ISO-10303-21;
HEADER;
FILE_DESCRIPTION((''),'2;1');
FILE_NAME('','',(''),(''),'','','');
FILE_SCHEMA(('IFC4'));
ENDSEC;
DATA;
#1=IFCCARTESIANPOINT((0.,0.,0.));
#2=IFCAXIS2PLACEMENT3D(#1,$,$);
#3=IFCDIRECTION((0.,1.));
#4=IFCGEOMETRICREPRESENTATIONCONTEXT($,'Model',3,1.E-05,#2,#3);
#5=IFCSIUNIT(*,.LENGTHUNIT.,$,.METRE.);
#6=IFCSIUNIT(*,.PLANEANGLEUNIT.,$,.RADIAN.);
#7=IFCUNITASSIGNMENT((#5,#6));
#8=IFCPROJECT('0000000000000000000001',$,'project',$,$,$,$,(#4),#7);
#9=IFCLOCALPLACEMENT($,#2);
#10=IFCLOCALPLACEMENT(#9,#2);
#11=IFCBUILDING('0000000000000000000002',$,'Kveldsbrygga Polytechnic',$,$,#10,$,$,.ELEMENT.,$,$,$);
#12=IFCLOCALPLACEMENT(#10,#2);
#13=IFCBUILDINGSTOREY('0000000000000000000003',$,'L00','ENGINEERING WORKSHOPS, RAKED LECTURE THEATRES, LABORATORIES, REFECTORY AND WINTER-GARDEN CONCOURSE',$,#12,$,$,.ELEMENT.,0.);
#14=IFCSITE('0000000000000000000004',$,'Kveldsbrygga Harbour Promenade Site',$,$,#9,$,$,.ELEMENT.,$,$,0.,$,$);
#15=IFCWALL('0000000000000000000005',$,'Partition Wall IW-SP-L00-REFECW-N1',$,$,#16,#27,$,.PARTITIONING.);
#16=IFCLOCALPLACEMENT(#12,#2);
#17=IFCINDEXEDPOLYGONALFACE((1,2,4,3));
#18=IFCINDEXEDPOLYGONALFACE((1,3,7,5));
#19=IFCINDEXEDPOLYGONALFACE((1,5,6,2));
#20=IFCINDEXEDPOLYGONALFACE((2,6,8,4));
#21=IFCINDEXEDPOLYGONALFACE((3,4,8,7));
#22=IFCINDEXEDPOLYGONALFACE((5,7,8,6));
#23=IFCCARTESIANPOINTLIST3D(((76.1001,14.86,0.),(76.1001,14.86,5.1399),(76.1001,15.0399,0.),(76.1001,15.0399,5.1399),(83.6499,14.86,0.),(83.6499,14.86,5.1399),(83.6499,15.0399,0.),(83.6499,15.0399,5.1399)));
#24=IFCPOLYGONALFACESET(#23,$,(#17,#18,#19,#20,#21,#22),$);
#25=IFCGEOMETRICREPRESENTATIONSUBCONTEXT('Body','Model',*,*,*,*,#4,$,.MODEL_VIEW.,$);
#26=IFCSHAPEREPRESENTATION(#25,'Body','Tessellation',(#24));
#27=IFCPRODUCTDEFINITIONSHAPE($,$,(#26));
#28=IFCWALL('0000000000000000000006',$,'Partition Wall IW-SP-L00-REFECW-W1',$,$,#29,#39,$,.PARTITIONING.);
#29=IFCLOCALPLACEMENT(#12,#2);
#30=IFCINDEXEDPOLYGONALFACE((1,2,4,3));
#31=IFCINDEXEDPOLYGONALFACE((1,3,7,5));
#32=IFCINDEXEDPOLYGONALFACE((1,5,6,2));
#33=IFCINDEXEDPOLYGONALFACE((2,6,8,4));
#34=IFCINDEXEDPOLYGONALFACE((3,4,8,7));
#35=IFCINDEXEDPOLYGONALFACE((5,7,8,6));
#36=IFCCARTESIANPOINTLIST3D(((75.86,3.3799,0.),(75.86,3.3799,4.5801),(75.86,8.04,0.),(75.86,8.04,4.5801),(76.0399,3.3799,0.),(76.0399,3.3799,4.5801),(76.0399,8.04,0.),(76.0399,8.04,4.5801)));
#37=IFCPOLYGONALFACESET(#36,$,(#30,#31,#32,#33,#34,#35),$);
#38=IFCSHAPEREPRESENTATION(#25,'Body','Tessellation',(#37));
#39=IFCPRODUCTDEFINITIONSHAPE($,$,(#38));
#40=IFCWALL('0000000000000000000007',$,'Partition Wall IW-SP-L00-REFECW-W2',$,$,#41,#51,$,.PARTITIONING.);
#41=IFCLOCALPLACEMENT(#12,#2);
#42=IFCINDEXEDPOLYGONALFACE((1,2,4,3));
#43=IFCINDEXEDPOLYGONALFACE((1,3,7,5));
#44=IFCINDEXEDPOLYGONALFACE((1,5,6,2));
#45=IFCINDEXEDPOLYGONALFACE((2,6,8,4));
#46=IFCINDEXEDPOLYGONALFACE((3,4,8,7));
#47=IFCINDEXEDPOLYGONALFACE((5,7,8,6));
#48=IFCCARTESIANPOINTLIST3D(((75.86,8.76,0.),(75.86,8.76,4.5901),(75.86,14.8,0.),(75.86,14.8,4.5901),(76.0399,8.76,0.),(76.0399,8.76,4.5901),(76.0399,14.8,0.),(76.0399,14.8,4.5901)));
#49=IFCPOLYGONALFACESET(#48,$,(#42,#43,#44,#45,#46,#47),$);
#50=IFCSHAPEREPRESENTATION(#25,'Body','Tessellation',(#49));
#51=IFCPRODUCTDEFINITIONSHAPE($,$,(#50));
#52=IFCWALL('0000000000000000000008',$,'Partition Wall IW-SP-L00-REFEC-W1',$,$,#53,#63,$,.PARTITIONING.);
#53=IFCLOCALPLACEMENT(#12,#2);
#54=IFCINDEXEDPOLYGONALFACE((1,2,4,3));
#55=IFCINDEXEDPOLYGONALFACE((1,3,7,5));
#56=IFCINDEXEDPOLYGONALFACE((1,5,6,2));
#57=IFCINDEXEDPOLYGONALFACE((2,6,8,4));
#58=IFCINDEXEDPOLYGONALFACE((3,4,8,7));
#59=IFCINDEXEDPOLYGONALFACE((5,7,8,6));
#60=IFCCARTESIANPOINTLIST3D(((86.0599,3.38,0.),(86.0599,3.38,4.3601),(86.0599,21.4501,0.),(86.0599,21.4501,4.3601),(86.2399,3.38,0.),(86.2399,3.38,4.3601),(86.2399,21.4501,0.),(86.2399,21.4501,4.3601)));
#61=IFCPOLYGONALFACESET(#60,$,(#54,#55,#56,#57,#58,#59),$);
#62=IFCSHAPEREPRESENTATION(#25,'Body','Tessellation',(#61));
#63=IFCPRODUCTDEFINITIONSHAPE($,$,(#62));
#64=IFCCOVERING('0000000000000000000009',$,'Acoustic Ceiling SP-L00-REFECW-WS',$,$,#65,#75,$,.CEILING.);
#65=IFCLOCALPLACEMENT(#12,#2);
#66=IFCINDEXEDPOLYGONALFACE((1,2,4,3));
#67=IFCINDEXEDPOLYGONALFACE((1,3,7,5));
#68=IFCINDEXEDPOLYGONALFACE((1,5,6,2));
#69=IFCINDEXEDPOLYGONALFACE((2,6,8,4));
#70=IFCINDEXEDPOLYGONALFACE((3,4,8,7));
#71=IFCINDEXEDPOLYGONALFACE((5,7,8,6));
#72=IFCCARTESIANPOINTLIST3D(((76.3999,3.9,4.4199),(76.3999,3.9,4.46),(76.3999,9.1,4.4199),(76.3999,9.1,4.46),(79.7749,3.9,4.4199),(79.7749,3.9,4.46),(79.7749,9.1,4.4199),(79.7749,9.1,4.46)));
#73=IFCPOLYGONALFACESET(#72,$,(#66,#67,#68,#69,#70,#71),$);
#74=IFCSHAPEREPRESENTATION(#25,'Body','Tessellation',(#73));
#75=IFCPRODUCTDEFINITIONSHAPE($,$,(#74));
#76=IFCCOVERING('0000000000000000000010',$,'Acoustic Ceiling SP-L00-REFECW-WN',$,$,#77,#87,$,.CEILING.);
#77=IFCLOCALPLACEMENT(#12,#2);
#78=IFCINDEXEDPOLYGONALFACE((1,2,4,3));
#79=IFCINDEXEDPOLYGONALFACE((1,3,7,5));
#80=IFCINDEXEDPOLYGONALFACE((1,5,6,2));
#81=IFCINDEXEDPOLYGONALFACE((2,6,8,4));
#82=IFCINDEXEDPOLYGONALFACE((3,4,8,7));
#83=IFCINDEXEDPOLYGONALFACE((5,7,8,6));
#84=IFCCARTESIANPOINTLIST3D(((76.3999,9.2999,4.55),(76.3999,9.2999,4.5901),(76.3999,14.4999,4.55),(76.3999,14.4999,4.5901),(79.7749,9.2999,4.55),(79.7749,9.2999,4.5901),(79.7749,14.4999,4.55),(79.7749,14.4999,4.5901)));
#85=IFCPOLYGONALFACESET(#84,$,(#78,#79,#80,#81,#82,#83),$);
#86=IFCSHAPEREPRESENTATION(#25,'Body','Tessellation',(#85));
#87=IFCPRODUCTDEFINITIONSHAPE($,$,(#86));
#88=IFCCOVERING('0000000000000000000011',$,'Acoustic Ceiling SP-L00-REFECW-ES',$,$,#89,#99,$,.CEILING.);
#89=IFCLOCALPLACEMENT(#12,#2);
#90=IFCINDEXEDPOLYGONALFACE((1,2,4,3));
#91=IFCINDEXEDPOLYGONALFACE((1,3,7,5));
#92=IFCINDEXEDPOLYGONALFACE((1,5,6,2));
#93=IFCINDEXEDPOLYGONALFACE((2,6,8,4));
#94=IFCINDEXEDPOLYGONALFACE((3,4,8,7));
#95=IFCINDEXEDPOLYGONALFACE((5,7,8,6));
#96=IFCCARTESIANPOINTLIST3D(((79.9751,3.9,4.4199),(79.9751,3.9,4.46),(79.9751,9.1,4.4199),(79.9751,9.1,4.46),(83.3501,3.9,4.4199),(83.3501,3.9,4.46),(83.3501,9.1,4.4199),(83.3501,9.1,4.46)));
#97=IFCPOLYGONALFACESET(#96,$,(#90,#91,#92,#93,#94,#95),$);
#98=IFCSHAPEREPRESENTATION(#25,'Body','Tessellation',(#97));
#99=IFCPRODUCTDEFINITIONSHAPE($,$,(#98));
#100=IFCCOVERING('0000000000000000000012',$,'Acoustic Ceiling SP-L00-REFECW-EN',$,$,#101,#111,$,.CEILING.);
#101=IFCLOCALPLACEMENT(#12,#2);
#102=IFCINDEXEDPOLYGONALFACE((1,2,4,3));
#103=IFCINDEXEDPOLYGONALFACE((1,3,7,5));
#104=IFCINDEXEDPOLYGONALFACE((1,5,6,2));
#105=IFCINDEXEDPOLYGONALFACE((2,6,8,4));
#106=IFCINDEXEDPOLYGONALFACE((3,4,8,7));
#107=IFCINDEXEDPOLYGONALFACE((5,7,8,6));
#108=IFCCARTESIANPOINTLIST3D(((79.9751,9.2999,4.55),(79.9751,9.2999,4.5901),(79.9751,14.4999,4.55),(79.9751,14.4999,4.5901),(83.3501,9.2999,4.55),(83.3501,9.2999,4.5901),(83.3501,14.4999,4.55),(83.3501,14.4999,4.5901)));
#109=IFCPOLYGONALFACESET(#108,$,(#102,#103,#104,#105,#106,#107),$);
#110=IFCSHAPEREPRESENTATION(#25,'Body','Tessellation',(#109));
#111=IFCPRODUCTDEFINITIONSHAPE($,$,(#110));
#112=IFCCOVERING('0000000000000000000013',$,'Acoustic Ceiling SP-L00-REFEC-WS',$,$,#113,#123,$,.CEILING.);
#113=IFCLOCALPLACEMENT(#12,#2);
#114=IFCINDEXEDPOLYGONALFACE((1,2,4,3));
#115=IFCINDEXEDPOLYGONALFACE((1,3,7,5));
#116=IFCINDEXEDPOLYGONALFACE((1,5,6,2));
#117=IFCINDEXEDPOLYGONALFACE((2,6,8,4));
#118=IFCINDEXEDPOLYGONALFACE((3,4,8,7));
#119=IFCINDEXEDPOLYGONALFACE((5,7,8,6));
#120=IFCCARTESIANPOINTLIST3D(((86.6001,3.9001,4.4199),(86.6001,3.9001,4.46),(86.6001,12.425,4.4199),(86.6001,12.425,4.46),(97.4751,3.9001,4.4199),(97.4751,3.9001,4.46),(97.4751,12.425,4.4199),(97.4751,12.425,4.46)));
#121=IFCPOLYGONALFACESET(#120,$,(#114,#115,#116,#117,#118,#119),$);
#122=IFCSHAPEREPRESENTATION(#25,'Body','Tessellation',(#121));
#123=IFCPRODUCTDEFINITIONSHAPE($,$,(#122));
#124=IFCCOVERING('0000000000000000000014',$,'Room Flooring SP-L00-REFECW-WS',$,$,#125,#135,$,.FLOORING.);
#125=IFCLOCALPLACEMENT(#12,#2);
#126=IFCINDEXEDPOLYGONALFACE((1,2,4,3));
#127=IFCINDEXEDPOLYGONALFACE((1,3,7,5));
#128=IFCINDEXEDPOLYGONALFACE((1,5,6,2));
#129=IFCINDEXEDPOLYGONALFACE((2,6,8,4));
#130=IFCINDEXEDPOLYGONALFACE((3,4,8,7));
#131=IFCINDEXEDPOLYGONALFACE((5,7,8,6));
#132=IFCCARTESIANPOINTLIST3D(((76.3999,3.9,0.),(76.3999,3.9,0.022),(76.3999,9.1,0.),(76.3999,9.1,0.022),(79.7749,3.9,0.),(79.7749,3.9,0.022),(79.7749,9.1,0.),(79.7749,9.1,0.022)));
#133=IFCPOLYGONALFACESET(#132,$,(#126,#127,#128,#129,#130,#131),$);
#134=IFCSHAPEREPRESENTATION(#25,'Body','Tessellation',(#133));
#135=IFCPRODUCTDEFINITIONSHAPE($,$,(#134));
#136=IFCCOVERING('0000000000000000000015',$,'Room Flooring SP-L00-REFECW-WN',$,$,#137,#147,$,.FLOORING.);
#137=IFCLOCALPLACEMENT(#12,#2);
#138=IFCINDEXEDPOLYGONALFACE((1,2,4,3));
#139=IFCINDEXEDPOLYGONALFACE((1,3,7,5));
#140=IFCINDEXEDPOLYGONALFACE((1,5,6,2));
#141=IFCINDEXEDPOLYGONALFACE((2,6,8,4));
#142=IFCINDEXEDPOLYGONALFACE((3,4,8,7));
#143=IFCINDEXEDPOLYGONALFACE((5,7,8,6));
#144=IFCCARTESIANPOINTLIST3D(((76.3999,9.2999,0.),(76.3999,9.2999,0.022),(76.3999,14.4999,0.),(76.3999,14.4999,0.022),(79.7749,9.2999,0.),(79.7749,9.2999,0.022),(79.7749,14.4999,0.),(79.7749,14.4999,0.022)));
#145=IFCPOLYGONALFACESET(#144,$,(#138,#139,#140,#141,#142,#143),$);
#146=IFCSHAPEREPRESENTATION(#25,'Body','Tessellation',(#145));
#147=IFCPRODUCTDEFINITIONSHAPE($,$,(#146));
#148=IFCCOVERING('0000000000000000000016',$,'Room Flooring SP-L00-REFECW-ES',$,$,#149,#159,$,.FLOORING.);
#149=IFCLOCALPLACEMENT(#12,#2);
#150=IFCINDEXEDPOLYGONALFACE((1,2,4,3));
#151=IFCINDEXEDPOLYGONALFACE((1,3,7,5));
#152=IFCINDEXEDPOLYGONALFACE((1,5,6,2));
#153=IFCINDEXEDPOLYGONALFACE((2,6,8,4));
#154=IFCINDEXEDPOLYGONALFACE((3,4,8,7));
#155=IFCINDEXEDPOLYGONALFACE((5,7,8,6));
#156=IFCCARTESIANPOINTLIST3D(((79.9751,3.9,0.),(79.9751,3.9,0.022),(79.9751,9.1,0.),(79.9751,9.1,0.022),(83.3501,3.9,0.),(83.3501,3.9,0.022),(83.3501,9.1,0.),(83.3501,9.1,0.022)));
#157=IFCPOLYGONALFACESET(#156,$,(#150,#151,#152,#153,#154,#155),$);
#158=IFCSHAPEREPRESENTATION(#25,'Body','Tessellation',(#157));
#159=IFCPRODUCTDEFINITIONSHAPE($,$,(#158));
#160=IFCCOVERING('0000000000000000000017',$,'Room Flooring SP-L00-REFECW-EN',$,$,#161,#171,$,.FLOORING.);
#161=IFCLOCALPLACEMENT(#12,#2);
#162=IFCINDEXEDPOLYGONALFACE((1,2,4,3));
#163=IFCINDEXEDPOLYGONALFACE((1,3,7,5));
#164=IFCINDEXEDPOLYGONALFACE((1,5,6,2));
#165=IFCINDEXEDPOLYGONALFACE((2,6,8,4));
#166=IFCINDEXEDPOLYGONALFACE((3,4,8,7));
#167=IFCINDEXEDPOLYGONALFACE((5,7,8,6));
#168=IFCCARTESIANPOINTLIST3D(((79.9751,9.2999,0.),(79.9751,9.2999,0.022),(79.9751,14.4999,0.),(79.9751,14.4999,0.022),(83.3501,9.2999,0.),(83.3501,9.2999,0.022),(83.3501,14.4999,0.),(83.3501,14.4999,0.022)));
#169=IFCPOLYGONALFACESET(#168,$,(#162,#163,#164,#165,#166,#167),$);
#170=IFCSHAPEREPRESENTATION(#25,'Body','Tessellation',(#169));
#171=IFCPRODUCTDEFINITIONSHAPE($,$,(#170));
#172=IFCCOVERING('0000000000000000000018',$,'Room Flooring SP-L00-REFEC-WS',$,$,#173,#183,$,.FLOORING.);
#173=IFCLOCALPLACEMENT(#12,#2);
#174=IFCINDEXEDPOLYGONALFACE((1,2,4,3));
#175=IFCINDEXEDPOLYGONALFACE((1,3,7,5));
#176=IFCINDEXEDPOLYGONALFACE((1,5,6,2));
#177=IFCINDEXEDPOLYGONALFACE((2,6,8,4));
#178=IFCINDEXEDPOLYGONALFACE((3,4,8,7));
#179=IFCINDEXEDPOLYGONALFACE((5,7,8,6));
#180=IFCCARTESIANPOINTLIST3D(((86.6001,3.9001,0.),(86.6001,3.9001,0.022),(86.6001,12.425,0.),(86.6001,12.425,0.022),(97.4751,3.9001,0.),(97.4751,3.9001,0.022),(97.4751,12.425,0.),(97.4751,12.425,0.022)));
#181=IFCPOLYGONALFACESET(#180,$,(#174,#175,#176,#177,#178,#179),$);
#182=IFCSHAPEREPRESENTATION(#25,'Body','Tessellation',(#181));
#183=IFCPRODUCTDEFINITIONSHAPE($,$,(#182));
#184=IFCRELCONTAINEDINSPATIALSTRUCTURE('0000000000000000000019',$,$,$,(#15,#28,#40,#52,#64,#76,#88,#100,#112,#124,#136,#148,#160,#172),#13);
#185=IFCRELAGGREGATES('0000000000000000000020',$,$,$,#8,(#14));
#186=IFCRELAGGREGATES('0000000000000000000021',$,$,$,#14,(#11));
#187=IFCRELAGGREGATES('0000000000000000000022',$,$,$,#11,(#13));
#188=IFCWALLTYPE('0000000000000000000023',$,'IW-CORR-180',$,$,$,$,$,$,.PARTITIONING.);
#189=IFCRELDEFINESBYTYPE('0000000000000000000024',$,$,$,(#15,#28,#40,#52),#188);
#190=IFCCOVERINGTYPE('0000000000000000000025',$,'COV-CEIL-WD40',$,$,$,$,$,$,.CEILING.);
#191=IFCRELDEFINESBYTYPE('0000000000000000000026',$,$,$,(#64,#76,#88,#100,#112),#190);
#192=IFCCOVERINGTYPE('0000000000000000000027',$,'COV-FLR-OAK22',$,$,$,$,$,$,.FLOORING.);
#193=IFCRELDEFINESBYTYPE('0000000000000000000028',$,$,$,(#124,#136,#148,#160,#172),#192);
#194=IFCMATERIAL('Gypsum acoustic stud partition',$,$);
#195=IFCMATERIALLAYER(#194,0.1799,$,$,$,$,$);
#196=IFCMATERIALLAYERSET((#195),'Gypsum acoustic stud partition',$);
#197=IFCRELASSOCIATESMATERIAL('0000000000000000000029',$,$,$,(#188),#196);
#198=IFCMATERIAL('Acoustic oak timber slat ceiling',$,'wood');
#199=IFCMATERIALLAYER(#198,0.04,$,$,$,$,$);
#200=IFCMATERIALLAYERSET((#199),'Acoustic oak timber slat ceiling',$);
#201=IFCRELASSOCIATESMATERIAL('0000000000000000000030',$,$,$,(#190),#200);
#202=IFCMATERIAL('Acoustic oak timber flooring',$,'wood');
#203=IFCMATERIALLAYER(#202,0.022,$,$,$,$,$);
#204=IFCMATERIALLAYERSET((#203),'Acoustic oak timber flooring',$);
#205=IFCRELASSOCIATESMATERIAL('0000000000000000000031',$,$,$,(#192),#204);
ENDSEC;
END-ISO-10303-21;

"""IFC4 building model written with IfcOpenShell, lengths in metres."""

from ifc_helpers import new_model, si_unit, direction, frame, frame_2d, origin, origin_2d, place, context, subcontext, project, spatial, rectangle, extrude, material, layer, layer_set, type_object, element, save


model = new_model("IFC4")

# Units and contexts
model_context = context("Model", 3, precision=1e-05, world=origin(), true_north=direction((0.0, 1.0)))
body_context = subcontext(model_context, "Body", "Model", "MODEL_VIEW")
ifc_project = project(units=[si_unit("LENGTHUNIT", "METRE"), si_unit("PLANEANGLEUNIT", "RADIAN")], contexts=[model_context])

# Site, building, storey
site_placement = place(None, origin())
site = spatial("IfcSite", under=ifc_project, at=site_placement, Name="Kveldsbrygga Harbour Promenade Site", CompositionType="ELEMENT", RefElevation=0.0)
building_placement = place(site_placement, origin())
building = spatial("IfcBuilding", under=site, at=building_placement, Name="Kveldsbrygga Polytechnic", CompositionType="ELEMENT")
storey_placement = place(building_placement, origin())
storey = spatial("IfcBuildingStorey", under=building, at=storey_placement, Name="L00", Description="ENGINEERING WORKSHOPS, RAKED LECTURE THEATRES, LABORATORIES, REFECTORY AND WINTER-GARDEN CONCOURSE", CompositionType="ELEMENT", Elevation=0.0)

# Shared definitions
ifc_material_1 = material(Name="Gypsum acoustic stud partition")
ifc_layer_1 = layer(ifc_material_1, 0.1799)
ifc_layer_set_1 = layer_set([ifc_layer_1], Name="Gypsum acoustic stud partition")
wall_type_1 = type_object("IfcWallType", Name="IW-CORR-180", PredefinedType="PARTITIONING", material=ifc_layer_set_1)

# Walls
wall_1_placement = place(storey_placement, frame((76.1001, 14.95, 0.0), z_axis=(0.0, 0.0, 1.0), x_axis=(1.0, 0.0, 0.0)))
element("IfcWall", 1, at=wall_1_placement, inside=storey, type_object=wall_type_1, Name="Partition Wall IW-SP-L00-REFECW-N1", PredefinedType="PARTITIONING", context=body_context, shape_type="SweptSolid", body=[
    extrude(rectangle(XDim=7.5498, YDim=0.1799, at=frame_2d((3.7749, 0.0))), origin(), (0.0, 0.0, 1.0), 5.1399),
])
wall_2_placement = place(storey_placement, frame((75.95, 3.3799, 0.0), z_axis=(0.0, 0.0, 1.0), x_axis=(0.0, 1.0, 0.0)))
element("IfcWall", 2, at=wall_2_placement, inside=storey, type_object=wall_type_1, Name="Partition Wall IW-SP-L00-REFECW-W1", PredefinedType="PARTITIONING", context=body_context, shape_type="SweptSolid", body=[
    extrude(rectangle(XDim=4.6602, YDim=0.1799, at=frame_2d((2.3301, 0.0))), origin(), (0.0, 0.0, 1.0), 4.5801),
])
wall_3_placement = place(storey_placement, frame((75.95, 8.76, 0.0), z_axis=(0.0, 0.0, 1.0), x_axis=(0.0, 1.0, 0.0)))
element("IfcWall", 3, at=wall_3_placement, inside=storey, type_object=wall_type_1, Name="Partition Wall IW-SP-L00-REFECW-W2", PredefinedType="PARTITIONING", context=body_context, shape_type="SweptSolid", body=[
    extrude(rectangle(XDim=6.04, YDim=0.1799, at=frame_2d((3.02, 0.0))), origin(), (0.0, 0.0, 1.0), 4.5901),
])
wall_4_placement = place(storey_placement, frame((86.1499, 3.3799, 0.0), z_axis=(0.0, 0.0, 1.0), x_axis=(0.0, 1.0, 0.0)))
element("IfcWall", 4, at=wall_4_placement, inside=storey, type_object=wall_type_1, Name="Partition Wall IW-SP-L00-REFEC-W1", PredefinedType="PARTITIONING", context=body_context, shape_type="SweptSolid", body=[
    extrude(rectangle(XDim=18.0701, YDim=0.1799, at=frame_2d((9.0352, 0.0))), origin(), (0.0, 0.0, 1.0), 4.3601),
])

# Coverings
ifc_material_2 = material(Name="Acoustic oak timber slat ceiling", Category="wood")
ifc_layer_2 = layer(ifc_material_2, 0.04)
ifc_layer_set_2 = layer_set([ifc_layer_2], Name="Acoustic oak timber slat ceiling")
covering_type_1 = type_object("IfcCoveringType", Name="COV-CEIL-WD40", PredefinedType="CEILING", material=ifc_layer_set_2)
for number, where, z_axis, x_axis, name in (
    (5, (78.0874, 6.5, 4.4199), (0.0, 0.0, 1.0), (1.0, 0.0, 0.0), "Acoustic Ceiling SP-L00-REFECW-WS"),
    (6, (78.0874, 11.8999, 4.55), (0.0, 0.0, 1.0), (1.0, 0.0, 0.0), "Acoustic Ceiling SP-L00-REFECW-WN"),
    (7, (81.6626, 6.5, 4.4199), (0.0, 0.0, 1.0), (1.0, 0.0, 0.0), "Acoustic Ceiling SP-L00-REFECW-ES"),
    (8, (81.6626, 11.8999, 4.55), (0.0, 0.0, 1.0), (1.0, 0.0, 0.0), "Acoustic Ceiling SP-L00-REFECW-EN"),
):
    element("IfcCovering", number, at=place(storey_placement, frame(where, z_axis=z_axis, x_axis=x_axis)), inside=storey, type_object=covering_type_1, Name=name, PredefinedType="CEILING", context=body_context, shape_type="SweptSolid", body=[
        extrude(rectangle(XDim=3.375, YDim=5.2, at=origin_2d()), origin(), (0.0, 0.0, 1.0), 0.04),
    ])
covering_1_placement = place(storey_placement, frame((92.0376, 8.1626, 4.4199), z_axis=(0.0, 0.0, 1.0), x_axis=(1.0, 0.0, 0.0)))
element("IfcCovering", 9, at=covering_1_placement, inside=storey, type_object=covering_type_1, Name="Acoustic Ceiling SP-L00-REFEC-WS", PredefinedType="CEILING", context=body_context, shape_type="SweptSolid", body=[
    extrude(rectangle(XDim=10.875, YDim=8.5249, at=origin_2d()), origin(), (0.0, 0.0, 1.0), 0.04),
])
ifc_material_3 = material(Name="Acoustic oak timber flooring", Category="wood")
ifc_layer_3 = layer(ifc_material_3, 0.022)
ifc_layer_set_3 = layer_set([ifc_layer_3], Name="Acoustic oak timber flooring")
covering_type_2 = type_object("IfcCoveringType", Name="COV-FLR-OAK22", PredefinedType="FLOORING", material=ifc_layer_set_3)
for number, where, z_axis, x_axis, name in (
    (10, (78.0874, 6.5, 0.0), (0.0, 0.0, 1.0), (1.0, 0.0, 0.0), "Room Flooring SP-L00-REFECW-WS"),
    (11, (78.0874, 11.8999, 0.0), (0.0, 0.0, 1.0), (1.0, 0.0, 0.0), "Room Flooring SP-L00-REFECW-WN"),
    (12, (81.6626, 6.5, 0.0), (0.0, 0.0, 1.0), (1.0, 0.0, 0.0), "Room Flooring SP-L00-REFECW-ES"),
    (13, (81.6626, 11.8999, 0.0), (0.0, 0.0, 1.0), (1.0, 0.0, 0.0), "Room Flooring SP-L00-REFECW-EN"),
):
    element("IfcCovering", number, at=place(storey_placement, frame(where, z_axis=z_axis, x_axis=x_axis)), inside=storey, type_object=covering_type_2, Name=name, PredefinedType="FLOORING", context=body_context, shape_type="SweptSolid", body=[
        extrude(rectangle(XDim=3.375, YDim=5.2, at=origin_2d()), origin(), (0.0, 0.0, 1.0), 0.022),
    ])
covering_2_placement = place(storey_placement, frame((92.0376, 8.1626, 0.0), z_axis=(0.0, 0.0, 1.0), x_axis=(1.0, 0.0, 0.0)))
element("IfcCovering", 14, at=covering_2_placement, inside=storey, type_object=covering_type_2, Name="Room Flooring SP-L00-REFEC-WS", PredefinedType="FLOORING", context=body_context, shape_type="SweptSolid", body=[
    extrude(rectangle(XDim=10.875, YDim=8.5249, at=origin_2d()), origin(), (0.0, 0.0, 1.0), 0.022),
])

save(model, "model.ifc")
